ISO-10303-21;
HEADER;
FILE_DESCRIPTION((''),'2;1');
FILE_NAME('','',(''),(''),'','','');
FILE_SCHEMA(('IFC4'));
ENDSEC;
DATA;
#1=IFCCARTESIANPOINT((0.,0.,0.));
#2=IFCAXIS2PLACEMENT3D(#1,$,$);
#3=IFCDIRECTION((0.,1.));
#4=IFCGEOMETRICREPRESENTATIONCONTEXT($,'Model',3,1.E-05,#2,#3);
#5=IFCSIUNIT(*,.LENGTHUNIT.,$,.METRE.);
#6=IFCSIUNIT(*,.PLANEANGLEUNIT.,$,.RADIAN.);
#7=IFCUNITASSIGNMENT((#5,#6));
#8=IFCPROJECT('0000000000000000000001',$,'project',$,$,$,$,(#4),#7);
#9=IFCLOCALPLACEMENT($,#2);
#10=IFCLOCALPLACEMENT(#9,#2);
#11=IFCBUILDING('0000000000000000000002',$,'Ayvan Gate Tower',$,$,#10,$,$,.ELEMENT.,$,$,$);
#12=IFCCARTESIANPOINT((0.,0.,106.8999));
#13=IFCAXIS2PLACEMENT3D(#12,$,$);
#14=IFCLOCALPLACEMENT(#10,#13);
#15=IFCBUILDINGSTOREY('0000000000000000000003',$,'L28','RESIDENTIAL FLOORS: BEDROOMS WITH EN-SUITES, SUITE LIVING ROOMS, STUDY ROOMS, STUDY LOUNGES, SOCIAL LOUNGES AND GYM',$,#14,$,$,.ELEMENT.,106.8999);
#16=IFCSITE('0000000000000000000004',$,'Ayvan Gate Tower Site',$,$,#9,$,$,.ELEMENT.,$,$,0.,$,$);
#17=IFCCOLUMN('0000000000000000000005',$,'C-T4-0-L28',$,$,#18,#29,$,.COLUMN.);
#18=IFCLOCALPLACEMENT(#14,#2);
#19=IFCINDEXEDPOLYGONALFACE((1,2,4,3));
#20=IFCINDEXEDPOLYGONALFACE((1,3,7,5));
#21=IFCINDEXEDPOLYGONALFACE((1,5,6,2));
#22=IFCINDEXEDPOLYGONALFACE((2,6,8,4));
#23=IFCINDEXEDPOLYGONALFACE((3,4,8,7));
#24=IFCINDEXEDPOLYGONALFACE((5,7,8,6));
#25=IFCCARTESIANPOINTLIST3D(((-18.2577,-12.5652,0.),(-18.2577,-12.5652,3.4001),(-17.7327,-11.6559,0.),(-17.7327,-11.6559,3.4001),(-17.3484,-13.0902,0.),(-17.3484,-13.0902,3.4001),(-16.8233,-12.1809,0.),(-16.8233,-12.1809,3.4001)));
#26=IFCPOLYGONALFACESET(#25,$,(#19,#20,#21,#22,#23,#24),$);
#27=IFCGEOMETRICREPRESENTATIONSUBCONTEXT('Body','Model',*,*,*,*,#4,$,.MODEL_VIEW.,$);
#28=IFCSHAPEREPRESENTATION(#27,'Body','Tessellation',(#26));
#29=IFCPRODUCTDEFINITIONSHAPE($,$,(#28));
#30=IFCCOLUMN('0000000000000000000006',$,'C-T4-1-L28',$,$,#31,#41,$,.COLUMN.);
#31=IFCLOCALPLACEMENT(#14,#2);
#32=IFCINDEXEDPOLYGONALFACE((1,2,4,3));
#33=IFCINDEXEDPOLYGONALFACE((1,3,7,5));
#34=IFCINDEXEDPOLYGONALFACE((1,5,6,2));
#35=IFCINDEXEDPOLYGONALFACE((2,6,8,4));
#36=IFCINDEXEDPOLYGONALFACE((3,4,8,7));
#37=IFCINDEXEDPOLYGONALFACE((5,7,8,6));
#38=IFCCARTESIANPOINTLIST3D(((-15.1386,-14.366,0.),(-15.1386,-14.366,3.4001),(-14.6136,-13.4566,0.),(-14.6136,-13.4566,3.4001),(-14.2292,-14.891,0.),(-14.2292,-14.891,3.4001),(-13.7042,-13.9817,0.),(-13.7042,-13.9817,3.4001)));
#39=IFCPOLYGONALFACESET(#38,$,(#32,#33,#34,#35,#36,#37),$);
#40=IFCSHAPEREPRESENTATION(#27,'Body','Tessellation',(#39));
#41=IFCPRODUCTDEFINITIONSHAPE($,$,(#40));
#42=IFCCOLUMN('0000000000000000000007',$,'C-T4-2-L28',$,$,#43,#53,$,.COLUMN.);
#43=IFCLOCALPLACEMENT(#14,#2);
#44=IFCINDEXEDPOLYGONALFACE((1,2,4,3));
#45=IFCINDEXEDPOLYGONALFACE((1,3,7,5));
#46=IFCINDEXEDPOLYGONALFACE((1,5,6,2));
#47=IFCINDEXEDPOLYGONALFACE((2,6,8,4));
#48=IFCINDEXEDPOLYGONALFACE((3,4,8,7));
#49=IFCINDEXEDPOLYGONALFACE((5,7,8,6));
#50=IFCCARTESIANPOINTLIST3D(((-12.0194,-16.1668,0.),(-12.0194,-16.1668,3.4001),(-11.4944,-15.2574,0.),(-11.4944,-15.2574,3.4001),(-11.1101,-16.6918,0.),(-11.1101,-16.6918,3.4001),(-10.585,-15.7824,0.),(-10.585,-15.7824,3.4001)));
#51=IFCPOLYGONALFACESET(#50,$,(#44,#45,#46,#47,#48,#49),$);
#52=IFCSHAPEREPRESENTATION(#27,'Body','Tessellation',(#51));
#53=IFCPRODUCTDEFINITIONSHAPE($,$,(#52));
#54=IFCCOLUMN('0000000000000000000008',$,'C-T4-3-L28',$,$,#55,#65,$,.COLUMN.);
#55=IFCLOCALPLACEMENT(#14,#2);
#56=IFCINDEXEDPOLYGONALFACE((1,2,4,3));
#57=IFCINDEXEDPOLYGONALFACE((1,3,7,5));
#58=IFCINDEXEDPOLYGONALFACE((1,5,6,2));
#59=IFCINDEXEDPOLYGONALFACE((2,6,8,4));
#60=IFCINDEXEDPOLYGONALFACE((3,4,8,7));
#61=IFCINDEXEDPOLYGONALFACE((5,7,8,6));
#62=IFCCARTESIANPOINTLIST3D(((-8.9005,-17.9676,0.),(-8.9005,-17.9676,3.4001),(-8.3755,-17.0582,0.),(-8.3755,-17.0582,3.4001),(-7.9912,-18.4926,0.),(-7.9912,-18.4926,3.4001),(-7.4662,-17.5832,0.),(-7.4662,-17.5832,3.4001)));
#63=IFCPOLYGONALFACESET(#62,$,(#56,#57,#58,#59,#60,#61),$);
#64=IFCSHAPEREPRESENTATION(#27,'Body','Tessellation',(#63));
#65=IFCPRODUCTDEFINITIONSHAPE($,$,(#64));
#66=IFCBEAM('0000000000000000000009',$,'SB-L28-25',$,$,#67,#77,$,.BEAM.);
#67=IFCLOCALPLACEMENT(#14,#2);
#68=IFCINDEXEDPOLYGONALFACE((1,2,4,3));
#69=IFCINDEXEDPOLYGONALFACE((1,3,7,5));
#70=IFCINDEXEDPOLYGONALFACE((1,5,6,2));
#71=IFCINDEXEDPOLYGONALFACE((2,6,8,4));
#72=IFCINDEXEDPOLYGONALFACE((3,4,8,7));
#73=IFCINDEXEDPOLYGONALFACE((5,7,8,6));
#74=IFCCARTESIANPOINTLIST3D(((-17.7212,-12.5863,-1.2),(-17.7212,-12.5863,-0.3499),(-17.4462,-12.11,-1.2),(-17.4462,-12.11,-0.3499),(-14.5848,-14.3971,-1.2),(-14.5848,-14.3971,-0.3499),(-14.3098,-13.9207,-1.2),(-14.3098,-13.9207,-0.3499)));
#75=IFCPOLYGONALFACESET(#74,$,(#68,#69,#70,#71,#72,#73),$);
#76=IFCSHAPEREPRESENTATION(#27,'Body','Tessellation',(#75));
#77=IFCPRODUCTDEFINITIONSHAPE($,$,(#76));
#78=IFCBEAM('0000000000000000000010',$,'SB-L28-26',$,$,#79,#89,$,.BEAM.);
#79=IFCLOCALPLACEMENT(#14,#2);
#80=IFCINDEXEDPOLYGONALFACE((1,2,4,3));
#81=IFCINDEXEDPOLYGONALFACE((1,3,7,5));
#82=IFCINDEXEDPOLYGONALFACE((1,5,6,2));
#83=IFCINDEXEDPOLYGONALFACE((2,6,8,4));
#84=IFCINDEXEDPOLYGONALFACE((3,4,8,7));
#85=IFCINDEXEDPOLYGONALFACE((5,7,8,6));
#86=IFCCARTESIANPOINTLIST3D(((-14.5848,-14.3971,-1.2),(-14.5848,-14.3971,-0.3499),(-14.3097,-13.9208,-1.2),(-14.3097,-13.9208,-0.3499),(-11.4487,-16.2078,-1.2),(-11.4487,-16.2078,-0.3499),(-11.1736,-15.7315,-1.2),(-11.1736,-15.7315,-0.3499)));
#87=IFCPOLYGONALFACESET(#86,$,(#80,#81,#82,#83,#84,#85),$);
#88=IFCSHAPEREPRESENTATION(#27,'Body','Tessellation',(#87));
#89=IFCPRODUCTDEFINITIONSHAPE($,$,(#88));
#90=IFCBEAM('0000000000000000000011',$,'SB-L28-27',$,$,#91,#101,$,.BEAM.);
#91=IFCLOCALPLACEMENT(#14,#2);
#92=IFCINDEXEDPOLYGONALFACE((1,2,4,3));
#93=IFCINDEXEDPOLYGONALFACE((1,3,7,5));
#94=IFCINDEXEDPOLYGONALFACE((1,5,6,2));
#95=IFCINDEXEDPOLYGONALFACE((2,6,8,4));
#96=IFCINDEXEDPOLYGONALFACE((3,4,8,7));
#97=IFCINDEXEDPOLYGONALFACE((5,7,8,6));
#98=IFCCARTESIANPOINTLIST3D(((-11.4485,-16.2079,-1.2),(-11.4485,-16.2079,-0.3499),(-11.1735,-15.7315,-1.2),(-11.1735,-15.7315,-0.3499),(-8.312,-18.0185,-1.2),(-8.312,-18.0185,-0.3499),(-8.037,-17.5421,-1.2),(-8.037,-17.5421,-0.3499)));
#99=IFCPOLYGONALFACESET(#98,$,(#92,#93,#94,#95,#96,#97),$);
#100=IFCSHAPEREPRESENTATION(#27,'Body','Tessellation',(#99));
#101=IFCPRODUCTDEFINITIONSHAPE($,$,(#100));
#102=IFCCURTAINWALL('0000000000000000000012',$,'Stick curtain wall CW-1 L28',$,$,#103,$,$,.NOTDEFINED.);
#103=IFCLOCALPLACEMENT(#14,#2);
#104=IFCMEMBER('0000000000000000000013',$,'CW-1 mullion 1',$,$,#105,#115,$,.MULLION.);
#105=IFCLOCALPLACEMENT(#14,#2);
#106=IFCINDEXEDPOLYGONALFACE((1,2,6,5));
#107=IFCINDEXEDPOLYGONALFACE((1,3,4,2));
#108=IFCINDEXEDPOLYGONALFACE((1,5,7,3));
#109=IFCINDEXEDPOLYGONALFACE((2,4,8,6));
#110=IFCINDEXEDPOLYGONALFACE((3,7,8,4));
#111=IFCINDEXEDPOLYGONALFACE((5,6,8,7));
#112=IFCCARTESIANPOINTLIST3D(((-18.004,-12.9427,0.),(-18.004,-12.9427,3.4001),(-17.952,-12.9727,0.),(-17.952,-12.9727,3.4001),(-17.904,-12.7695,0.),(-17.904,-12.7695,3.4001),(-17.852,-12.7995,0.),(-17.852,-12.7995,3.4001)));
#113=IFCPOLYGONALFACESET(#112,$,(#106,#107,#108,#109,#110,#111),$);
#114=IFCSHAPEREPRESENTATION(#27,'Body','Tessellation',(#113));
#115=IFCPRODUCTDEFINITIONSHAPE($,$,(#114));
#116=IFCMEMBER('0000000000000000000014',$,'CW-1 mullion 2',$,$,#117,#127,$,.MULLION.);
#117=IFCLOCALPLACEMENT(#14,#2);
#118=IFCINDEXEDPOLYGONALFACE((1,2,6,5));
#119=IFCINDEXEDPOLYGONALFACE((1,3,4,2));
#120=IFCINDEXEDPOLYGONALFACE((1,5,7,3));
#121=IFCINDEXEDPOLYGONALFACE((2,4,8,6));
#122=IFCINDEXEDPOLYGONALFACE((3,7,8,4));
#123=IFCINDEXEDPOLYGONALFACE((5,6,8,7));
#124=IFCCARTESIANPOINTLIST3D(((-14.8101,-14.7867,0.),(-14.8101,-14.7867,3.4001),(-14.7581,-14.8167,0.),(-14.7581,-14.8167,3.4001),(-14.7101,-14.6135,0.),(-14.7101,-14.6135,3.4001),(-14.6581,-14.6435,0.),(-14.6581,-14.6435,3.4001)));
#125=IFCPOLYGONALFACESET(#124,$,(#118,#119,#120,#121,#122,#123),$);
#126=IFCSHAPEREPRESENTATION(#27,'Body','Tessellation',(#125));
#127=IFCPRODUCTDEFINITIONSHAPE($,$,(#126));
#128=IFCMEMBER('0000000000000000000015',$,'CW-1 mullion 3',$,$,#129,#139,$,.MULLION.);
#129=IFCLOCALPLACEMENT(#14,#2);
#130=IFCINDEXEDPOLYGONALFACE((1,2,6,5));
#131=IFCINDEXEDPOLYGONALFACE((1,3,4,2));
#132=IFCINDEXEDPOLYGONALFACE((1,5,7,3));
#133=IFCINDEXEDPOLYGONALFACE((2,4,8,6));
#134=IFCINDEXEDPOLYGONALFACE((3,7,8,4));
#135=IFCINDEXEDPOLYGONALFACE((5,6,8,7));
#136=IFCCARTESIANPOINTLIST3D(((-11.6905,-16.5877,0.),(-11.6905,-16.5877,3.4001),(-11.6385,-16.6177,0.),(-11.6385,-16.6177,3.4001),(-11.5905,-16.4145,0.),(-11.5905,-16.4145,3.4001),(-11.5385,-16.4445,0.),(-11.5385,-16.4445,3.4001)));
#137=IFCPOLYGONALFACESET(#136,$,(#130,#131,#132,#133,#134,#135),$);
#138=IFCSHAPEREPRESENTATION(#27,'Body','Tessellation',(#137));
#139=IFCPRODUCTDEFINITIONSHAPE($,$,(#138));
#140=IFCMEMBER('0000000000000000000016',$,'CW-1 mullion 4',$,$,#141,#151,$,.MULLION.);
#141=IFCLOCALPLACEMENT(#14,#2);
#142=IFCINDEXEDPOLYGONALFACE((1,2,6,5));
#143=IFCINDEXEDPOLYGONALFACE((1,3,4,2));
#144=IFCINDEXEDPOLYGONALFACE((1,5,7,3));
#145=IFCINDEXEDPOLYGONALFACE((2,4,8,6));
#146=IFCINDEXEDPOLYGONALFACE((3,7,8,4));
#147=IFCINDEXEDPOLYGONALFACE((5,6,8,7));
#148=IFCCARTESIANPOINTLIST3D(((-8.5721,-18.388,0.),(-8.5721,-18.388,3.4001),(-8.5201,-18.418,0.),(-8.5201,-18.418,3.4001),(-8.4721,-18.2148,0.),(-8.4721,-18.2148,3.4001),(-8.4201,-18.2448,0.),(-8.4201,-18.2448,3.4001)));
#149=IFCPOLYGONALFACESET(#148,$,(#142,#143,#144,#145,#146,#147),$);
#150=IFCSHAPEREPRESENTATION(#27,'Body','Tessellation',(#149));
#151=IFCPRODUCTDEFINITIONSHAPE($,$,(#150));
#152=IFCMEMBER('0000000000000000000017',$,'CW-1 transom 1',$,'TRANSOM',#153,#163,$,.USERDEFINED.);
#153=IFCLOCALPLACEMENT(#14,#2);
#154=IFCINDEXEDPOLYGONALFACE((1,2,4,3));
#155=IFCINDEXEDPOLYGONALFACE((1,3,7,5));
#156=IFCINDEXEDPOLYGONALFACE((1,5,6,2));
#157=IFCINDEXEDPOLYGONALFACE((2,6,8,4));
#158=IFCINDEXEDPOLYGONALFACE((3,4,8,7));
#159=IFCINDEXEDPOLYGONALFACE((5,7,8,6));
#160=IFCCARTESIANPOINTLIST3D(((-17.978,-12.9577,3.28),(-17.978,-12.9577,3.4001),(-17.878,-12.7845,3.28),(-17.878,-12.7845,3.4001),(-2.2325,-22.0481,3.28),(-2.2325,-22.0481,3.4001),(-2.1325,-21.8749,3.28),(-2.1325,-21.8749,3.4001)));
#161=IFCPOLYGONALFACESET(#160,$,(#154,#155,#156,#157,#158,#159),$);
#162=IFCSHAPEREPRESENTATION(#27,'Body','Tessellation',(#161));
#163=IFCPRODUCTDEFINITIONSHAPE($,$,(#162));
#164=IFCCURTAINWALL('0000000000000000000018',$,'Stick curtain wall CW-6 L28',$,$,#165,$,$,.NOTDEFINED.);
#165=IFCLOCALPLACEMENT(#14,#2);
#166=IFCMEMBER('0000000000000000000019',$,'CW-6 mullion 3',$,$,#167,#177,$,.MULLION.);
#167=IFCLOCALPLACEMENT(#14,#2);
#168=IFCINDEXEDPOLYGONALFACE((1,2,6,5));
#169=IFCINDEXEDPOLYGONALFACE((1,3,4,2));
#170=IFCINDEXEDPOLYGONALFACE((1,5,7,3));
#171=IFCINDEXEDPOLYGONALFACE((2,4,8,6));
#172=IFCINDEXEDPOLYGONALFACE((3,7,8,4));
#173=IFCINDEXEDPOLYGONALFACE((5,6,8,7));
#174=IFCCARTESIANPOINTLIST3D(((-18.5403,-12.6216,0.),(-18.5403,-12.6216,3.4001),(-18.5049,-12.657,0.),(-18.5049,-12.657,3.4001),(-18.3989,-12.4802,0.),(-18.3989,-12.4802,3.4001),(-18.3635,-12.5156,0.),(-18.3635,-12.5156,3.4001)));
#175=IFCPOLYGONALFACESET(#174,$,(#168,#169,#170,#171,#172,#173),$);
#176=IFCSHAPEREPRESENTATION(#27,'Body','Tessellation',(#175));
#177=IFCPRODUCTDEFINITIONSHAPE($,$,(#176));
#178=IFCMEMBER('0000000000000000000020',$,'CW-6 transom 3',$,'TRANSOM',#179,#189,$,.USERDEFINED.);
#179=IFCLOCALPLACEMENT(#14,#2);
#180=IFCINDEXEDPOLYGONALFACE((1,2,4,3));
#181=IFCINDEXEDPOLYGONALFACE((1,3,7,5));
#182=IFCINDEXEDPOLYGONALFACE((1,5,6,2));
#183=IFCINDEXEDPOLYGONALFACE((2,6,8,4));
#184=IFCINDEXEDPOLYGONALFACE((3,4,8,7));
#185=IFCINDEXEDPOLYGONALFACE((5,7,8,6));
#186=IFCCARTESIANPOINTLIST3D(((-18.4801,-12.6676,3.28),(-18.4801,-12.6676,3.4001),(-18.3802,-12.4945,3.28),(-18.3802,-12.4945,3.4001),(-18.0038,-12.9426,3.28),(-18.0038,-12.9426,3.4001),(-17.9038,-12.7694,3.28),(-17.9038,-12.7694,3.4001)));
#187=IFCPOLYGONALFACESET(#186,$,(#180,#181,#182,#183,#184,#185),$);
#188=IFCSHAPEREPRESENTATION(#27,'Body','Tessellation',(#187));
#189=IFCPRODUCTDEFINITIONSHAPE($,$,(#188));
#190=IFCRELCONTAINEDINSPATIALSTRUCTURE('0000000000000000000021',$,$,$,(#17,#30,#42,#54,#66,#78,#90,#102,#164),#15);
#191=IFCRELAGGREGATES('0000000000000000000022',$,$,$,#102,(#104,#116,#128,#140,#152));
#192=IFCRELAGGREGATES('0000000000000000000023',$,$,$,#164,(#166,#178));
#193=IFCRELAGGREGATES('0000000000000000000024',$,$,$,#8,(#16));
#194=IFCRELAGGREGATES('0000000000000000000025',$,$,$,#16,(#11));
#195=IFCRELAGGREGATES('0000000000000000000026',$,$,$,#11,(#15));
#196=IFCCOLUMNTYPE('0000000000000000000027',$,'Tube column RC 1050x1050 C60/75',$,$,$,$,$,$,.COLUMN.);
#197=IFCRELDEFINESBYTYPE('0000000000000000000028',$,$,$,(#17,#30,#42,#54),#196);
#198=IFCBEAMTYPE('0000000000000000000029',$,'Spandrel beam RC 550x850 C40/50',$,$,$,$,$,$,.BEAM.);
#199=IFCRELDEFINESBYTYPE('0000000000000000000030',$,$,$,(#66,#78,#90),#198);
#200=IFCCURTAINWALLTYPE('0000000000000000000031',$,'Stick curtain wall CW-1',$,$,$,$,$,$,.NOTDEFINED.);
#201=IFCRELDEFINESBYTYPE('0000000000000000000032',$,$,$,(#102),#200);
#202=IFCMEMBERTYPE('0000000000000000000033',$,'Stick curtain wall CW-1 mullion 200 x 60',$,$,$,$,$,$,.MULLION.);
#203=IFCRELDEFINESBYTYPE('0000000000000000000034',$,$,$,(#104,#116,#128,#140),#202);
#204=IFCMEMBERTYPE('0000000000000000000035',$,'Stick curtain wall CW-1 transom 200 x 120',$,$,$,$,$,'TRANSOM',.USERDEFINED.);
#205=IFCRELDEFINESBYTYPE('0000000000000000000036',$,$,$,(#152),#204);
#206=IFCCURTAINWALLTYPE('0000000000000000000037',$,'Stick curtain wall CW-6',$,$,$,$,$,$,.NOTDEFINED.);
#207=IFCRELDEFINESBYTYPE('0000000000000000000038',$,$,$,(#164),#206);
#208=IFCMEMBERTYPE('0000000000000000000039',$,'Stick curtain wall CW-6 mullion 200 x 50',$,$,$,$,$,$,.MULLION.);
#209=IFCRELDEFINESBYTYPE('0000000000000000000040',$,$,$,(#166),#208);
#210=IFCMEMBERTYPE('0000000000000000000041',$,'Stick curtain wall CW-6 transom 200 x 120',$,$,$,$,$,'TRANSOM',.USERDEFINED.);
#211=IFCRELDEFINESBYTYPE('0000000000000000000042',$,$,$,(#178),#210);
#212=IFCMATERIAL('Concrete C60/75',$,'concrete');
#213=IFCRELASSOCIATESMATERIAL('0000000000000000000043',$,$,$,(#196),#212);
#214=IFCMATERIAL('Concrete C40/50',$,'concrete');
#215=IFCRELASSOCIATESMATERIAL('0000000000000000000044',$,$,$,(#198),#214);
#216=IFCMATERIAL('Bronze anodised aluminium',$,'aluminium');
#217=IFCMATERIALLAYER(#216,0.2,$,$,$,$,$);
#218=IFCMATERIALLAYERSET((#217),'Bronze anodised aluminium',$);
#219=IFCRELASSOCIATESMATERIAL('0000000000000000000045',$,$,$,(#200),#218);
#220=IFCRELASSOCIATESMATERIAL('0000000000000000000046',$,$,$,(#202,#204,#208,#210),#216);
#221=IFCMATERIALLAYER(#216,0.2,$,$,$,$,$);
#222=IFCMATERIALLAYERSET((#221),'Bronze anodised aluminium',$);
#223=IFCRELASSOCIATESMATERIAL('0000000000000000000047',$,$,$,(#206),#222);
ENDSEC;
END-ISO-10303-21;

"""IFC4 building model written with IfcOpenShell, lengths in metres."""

from ifc_helpers import new_model, si_unit, direction, frame, origin, origin_2d, place, context, subcontext, project, spatial, rectangle, extrude, material, layer, layer_set, material_profile, profile_set, type_object, element, aggregate, save


model = new_model("IFC4")

# Units and contexts
model_context = context("Model", 3, precision=1e-05, world=origin(), true_north=direction((0.0, 1.0)))
body_context = subcontext(model_context, "Body", "Model", "MODEL_VIEW")
ifc_project = project(units=[si_unit("LENGTHUNIT", "METRE"), si_unit("PLANEANGLEUNIT", "RADIAN")], contexts=[model_context])

# Site, building, storey
site_placement = place(None, origin())
site = spatial("IfcSite", under=ifc_project, at=site_placement, Name="Ayvan Gate Tower Site", CompositionType="ELEMENT", RefElevation=0.0)
building_placement = place(site_placement, origin())
building = spatial("IfcBuilding", under=site, at=building_placement, Name="Ayvan Gate Tower", CompositionType="ELEMENT")
storey_placement = place(building_placement, frame((0.0, 0.0, 106.8999)))
storey = spatial("IfcBuildingStorey", under=building, at=storey_placement, Name="L28", Description="RESIDENTIAL FLOORS: BEDROOMS WITH EN-SUITES, SUITE LIVING ROOMS, STUDY ROOMS, STUDY LOUNGES, SOCIAL LOUNGES AND GYM", CompositionType="ELEMENT", Elevation=106.8999)

# Columns
ifc_material_1 = material(Name="Concrete C60/75", Category="concrete")
ifc_material_profile_1 = material_profile(ifc_material_1, rectangle(XDim=1.05, YDim=1.05, at=origin_2d()), Name="RC 1050x1050")
ifc_profile_set_1 = profile_set([ifc_material_profile_1], Name="Concrete C60/75")
column_type = type_object("IfcColumnType", Name="Tube column RC 1050x1050 C60/75", PredefinedType="COLUMN", material=ifc_profile_set_1)
for number, where, z_axis, x_axis, name in (
    (1, (-17.5405, -12.373, 0.0), (0.0, 0.0, 1.0), (-0.5, -0.866025, 0.0), "C-T4-0-L28"),
    (2, (-14.4214, -14.1738, 0.0), (0.0, 0.0, 1.0), (-0.5, -0.866025, 0.0), "C-T4-1-L28"),
    (3, (-11.3022, -15.9746, 0.0), (0.0, 0.0, 1.0), (-0.5, -0.866025, 0.0), "C-T4-2-L28"),
    (4, (-8.1833, -17.7754, 0.0), (0.0, 0.0, 1.0), (-0.5, -0.866025, 0.0), "C-T4-3-L28"),
):
    element("IfcColumn", number, at=place(storey_placement, frame(where, z_axis=z_axis, x_axis=x_axis)), inside=storey, type_object=column_type, Name=name, PredefinedType="COLUMN", context=body_context, shape_type="SweptSolid", body=[
        extrude(rectangle(XDim=1.05, YDim=1.05, at=origin_2d()), origin(), (0.0, 0.0, 1.0), 3.4001),
    ])

# Beams
ifc_material_2 = material(Name="Concrete C40/50", Category="concrete")
ifc_material_profile_2 = material_profile(ifc_material_2, rectangle(XDim=0.55, YDim=0.8501, at=origin_2d()), Name="RC 550x850")
ifc_profile_set_2 = profile_set([ifc_material_profile_2], Name="Concrete C40/50")
beam_type = type_object("IfcBeamType", Name="Spandrel beam RC 550x850 C40/50", PredefinedType="BEAM", material=ifc_profile_set_2)
beam_1_placement = place(storey_placement, frame((-17.5837, -12.3481, -0.7749), z_axis=(0.866032, -0.499989, 0.0), x_axis=(0.499989, 0.866032, 0.0)))
element("IfcBeam", 5, at=beam_1_placement, inside=storey, type_object=beam_type, Name="SB-L28-25", PredefinedType="BEAM", context=body_context, shape_type="SweptSolid", body=[
    extrude(rectangle(XDim=0.55, YDim=0.8501, at=origin_2d()), origin(), (0.0, 0.0, 1.0), 3.6216),
])
beam_2_placement = place(storey_placement, frame((-14.4473, -14.1589, -0.7749), z_axis=(0.866015, -0.500018, 0.0), x_axis=(0.500018, 0.866015, 0.0)))
element("IfcBeam", 6, at=beam_2_placement, inside=storey, type_object=beam_type, Name="SB-L28-26", PredefinedType="BEAM", context=body_context, shape_type="SweptSolid", body=[
    extrude(rectangle(XDim=0.55, YDim=0.8501, at=origin_2d()), origin(), (0.0, 0.0, 1.0), 3.6213),
])
beam_3_placement = place(storey_placement, frame((-11.311, -15.9697, -0.7749), z_axis=(0.866061, -0.499938, 0.0), x_axis=(0.499938, 0.866061, 0.0)))
element("IfcBeam", 7, at=beam_3_placement, inside=storey, type_object=beam_type, Name="SB-L28-27", PredefinedType="BEAM", context=body_context, shape_type="SweptSolid", body=[
    extrude(rectangle(XDim=0.55, YDim=0.8501, at=origin_2d()), origin(), (0.0, 0.0, 1.0), 3.6216),
])

# Curtain walls, members
ifc_material_3 = material(Name="Bronze anodised aluminium", Category="aluminium")
ifc_layer_1 = layer(ifc_material_3, 0.2)
ifc_layer_set_1 = layer_set([ifc_layer_1], Name="Bronze anodised aluminium")
curtain_wall_type_1 = type_object("IfcCurtainWallType", Name="Stick curtain wall CW-1", PredefinedType="NOTDEFINED", material=ifc_layer_set_1)
curtain_wall_1_placement = place(storey_placement, origin())
curtain_wall_1 = element("IfcCurtainWall", 8, at=curtain_wall_1_placement, inside=storey, type_object=curtain_wall_type_1, Name="Stick curtain wall CW-1 L28", PredefinedType="NOTDEFINED")
ifc_material_profile_3 = material_profile(ifc_material_3, rectangle(XDim=0.2, YDim=0.0601, at=origin_2d()), Name="Stick curtain wall CW-1 mullion 200 x 60")
ifc_profile_set_3 = profile_set([ifc_material_profile_3], Name="Bronze anodised aluminium")
member_type_1 = type_object("IfcMemberType", Name="Stick curtain wall CW-1 mullion 200 x 60", PredefinedType="MULLION", material=ifc_profile_set_3)
member_1_placement = place(storey_placement, frame((-17.928, -12.8711, 0.0), z_axis=(0.0, 0.0, 1.0), x_axis=(-0.5, -0.866025, 0.0)))
member_1 = element("IfcMember", 9, at=member_1_placement, type_object=member_type_1, Name="CW-1 mullion 1", PredefinedType="MULLION", context=body_context, shape_type="SweptSolid", body=[
    extrude(rectangle(XDim=0.2, YDim=0.0601, at=origin_2d()), origin(), (0.0, 0.0, 1.0), 3.4001),
])
member_2_placement = place(storey_placement, frame((-14.7341, -14.7151, 0.0), z_axis=(0.0, 0.0, 1.0), x_axis=(-0.5, -0.866025, 0.0)))
member_2 = element("IfcMember", 10, at=member_2_placement, type_object=member_type_1, Name="CW-1 mullion 2", PredefinedType="MULLION", context=body_context, shape_type="SweptSolid", body=[
    extrude(rectangle(XDim=0.2, YDim=0.0601, at=origin_2d()), origin(), (0.0, 0.0, 1.0), 3.4001),
])
member_3_placement = place(storey_placement, frame((-11.6145, -16.5161, 0.0), z_axis=(0.0, 0.0, 1.0), x_axis=(-0.5, -0.866025, 0.0)))
member_3 = element("IfcMember", 11, at=member_3_placement, type_object=member_type_1, Name="CW-1 mullion 3", PredefinedType="MULLION", context=body_context, shape_type="SweptSolid", body=[
    extrude(rectangle(XDim=0.2, YDim=0.0601, at=origin_2d()), origin(), (0.0, 0.0, 1.0), 3.4001),
])
member_4_placement = place(storey_placement, frame((-8.4961, -18.3164, 0.0), z_axis=(0.0, 0.0, 1.0), x_axis=(-0.5, -0.866025, 0.0)))
member_4 = element("IfcMember", 12, at=member_4_placement, type_object=member_type_1, Name="CW-1 mullion 4", PredefinedType="MULLION", context=body_context, shape_type="SweptSolid", body=[
    extrude(rectangle(XDim=0.2, YDim=0.0601, at=origin_2d()), origin(), (0.0, 0.0, 1.0), 3.4001),
])
ifc_material_profile_4 = material_profile(ifc_material_3, rectangle(XDim=0.2, YDim=0.1201, at=origin_2d()), Name="Stick curtain wall CW-1 transom 200 x 120")
ifc_profile_set_4 = profile_set([ifc_material_profile_4], Name="Bronze anodised aluminium")
member_type_2 = type_object("IfcMemberType", Name="Stick curtain wall CW-1 transom 200 x 120", ElementType="TRANSOM", PredefinedType="USERDEFINED", material=ifc_profile_set_4)
member_5_placement = place(storey_placement, frame((-17.928, -12.8711, 3.3401), z_axis=(0.866032, -0.499989, 0.0), x_axis=(0.499989, 0.866032, 0.0)))
member_5 = element("IfcMember", 13, at=member_5_placement, type_object=member_type_2, Name="CW-1 transom 1", ObjectType="TRANSOM", PredefinedType="USERDEFINED", context=body_context, shape_type="SweptSolid", body=[
    extrude(rectangle(XDim=0.2, YDim=0.1201, at=origin_2d()), origin(), (0.0, 0.0, 1.0), 18.1812),
])
ifc_layer_2 = layer(ifc_material_3, 0.2)
ifc_layer_set_2 = layer_set([ifc_layer_2], Name="Bronze anodised aluminium")
curtain_wall_type_2 = type_object("IfcCurtainWallType", Name="Stick curtain wall CW-6", PredefinedType="NOTDEFINED", material=ifc_layer_set_2)
curtain_wall_2_placement = place(storey_placement, origin())
curtain_wall_2 = element("IfcCurtainWall", 14, at=curtain_wall_2_placement, inside=storey, type_object=curtain_wall_type_2, Name="Stick curtain wall CW-6 L28", PredefinedType="NOTDEFINED")
ifc_material_profile_5 = material_profile(ifc_material_3, rectangle(XDim=0.2, YDim=0.05, at=origin_2d()), Name="Stick curtain wall CW-6 mullion 200 x 50")
ifc_profile_set_5 = profile_set([ifc_material_profile_5], Name="Bronze anodised aluminium")
member_type_3 = type_object("IfcMemberType", Name="Stick curtain wall CW-6 mullion 200 x 50", PredefinedType="MULLION", material=ifc_profile_set_5)
member_6_placement = place(storey_placement, frame((-18.4519, -12.5686, 0.0), z_axis=(0.0, 0.0, 1.0), x_axis=(-0.707107, -0.707107, 0.0)))
member_6 = element("IfcMember", 15, at=member_6_placement, type_object=member_type_3, Name="CW-6 mullion 3", PredefinedType="MULLION", context=body_context, shape_type="SweptSolid", body=[
    extrude(rectangle(XDim=0.2, YDim=0.05, at=origin_2d()), origin(), (0.0, 0.0, 1.0), 3.4001),
])
ifc_material_profile_6 = material_profile(ifc_material_3, rectangle(XDim=0.2, YDim=0.1201, at=origin_2d()), Name="Stick curtain wall CW-6 transom 200 x 120")
ifc_profile_set_6 = profile_set([ifc_material_profile_6], Name="Bronze anodised aluminium")
member_type_4 = type_object("IfcMemberType", Name="Stick curtain wall CW-6 transom 200 x 120", ElementType="TRANSOM", PredefinedType="USERDEFINED", material=ifc_profile_set_6)
member_7_placement = place(storey_placement, frame((-18.4302, -12.5811, 3.3401), z_axis=(0.866104, -0.499863, 0.0), x_axis=(0.499863, 0.866104, 0.0)))
member_7 = element("IfcMember", 16, at=member_7_placement, type_object=member_type_4, Name="CW-6 transom 3", ObjectType="TRANSOM", PredefinedType="USERDEFINED", context=body_context, shape_type="SweptSolid", body=[
    extrude(rectangle(XDim=0.2, YDim=0.1201, at=origin_2d()), origin(), (0.0, 0.0, 1.0), 0.55),
])

aggregate(curtain_wall_1, [member_1, member_2, member_3, member_4, member_5])
aggregate(curtain_wall_2, [member_6, member_7])

save(model, "model.ifc")
